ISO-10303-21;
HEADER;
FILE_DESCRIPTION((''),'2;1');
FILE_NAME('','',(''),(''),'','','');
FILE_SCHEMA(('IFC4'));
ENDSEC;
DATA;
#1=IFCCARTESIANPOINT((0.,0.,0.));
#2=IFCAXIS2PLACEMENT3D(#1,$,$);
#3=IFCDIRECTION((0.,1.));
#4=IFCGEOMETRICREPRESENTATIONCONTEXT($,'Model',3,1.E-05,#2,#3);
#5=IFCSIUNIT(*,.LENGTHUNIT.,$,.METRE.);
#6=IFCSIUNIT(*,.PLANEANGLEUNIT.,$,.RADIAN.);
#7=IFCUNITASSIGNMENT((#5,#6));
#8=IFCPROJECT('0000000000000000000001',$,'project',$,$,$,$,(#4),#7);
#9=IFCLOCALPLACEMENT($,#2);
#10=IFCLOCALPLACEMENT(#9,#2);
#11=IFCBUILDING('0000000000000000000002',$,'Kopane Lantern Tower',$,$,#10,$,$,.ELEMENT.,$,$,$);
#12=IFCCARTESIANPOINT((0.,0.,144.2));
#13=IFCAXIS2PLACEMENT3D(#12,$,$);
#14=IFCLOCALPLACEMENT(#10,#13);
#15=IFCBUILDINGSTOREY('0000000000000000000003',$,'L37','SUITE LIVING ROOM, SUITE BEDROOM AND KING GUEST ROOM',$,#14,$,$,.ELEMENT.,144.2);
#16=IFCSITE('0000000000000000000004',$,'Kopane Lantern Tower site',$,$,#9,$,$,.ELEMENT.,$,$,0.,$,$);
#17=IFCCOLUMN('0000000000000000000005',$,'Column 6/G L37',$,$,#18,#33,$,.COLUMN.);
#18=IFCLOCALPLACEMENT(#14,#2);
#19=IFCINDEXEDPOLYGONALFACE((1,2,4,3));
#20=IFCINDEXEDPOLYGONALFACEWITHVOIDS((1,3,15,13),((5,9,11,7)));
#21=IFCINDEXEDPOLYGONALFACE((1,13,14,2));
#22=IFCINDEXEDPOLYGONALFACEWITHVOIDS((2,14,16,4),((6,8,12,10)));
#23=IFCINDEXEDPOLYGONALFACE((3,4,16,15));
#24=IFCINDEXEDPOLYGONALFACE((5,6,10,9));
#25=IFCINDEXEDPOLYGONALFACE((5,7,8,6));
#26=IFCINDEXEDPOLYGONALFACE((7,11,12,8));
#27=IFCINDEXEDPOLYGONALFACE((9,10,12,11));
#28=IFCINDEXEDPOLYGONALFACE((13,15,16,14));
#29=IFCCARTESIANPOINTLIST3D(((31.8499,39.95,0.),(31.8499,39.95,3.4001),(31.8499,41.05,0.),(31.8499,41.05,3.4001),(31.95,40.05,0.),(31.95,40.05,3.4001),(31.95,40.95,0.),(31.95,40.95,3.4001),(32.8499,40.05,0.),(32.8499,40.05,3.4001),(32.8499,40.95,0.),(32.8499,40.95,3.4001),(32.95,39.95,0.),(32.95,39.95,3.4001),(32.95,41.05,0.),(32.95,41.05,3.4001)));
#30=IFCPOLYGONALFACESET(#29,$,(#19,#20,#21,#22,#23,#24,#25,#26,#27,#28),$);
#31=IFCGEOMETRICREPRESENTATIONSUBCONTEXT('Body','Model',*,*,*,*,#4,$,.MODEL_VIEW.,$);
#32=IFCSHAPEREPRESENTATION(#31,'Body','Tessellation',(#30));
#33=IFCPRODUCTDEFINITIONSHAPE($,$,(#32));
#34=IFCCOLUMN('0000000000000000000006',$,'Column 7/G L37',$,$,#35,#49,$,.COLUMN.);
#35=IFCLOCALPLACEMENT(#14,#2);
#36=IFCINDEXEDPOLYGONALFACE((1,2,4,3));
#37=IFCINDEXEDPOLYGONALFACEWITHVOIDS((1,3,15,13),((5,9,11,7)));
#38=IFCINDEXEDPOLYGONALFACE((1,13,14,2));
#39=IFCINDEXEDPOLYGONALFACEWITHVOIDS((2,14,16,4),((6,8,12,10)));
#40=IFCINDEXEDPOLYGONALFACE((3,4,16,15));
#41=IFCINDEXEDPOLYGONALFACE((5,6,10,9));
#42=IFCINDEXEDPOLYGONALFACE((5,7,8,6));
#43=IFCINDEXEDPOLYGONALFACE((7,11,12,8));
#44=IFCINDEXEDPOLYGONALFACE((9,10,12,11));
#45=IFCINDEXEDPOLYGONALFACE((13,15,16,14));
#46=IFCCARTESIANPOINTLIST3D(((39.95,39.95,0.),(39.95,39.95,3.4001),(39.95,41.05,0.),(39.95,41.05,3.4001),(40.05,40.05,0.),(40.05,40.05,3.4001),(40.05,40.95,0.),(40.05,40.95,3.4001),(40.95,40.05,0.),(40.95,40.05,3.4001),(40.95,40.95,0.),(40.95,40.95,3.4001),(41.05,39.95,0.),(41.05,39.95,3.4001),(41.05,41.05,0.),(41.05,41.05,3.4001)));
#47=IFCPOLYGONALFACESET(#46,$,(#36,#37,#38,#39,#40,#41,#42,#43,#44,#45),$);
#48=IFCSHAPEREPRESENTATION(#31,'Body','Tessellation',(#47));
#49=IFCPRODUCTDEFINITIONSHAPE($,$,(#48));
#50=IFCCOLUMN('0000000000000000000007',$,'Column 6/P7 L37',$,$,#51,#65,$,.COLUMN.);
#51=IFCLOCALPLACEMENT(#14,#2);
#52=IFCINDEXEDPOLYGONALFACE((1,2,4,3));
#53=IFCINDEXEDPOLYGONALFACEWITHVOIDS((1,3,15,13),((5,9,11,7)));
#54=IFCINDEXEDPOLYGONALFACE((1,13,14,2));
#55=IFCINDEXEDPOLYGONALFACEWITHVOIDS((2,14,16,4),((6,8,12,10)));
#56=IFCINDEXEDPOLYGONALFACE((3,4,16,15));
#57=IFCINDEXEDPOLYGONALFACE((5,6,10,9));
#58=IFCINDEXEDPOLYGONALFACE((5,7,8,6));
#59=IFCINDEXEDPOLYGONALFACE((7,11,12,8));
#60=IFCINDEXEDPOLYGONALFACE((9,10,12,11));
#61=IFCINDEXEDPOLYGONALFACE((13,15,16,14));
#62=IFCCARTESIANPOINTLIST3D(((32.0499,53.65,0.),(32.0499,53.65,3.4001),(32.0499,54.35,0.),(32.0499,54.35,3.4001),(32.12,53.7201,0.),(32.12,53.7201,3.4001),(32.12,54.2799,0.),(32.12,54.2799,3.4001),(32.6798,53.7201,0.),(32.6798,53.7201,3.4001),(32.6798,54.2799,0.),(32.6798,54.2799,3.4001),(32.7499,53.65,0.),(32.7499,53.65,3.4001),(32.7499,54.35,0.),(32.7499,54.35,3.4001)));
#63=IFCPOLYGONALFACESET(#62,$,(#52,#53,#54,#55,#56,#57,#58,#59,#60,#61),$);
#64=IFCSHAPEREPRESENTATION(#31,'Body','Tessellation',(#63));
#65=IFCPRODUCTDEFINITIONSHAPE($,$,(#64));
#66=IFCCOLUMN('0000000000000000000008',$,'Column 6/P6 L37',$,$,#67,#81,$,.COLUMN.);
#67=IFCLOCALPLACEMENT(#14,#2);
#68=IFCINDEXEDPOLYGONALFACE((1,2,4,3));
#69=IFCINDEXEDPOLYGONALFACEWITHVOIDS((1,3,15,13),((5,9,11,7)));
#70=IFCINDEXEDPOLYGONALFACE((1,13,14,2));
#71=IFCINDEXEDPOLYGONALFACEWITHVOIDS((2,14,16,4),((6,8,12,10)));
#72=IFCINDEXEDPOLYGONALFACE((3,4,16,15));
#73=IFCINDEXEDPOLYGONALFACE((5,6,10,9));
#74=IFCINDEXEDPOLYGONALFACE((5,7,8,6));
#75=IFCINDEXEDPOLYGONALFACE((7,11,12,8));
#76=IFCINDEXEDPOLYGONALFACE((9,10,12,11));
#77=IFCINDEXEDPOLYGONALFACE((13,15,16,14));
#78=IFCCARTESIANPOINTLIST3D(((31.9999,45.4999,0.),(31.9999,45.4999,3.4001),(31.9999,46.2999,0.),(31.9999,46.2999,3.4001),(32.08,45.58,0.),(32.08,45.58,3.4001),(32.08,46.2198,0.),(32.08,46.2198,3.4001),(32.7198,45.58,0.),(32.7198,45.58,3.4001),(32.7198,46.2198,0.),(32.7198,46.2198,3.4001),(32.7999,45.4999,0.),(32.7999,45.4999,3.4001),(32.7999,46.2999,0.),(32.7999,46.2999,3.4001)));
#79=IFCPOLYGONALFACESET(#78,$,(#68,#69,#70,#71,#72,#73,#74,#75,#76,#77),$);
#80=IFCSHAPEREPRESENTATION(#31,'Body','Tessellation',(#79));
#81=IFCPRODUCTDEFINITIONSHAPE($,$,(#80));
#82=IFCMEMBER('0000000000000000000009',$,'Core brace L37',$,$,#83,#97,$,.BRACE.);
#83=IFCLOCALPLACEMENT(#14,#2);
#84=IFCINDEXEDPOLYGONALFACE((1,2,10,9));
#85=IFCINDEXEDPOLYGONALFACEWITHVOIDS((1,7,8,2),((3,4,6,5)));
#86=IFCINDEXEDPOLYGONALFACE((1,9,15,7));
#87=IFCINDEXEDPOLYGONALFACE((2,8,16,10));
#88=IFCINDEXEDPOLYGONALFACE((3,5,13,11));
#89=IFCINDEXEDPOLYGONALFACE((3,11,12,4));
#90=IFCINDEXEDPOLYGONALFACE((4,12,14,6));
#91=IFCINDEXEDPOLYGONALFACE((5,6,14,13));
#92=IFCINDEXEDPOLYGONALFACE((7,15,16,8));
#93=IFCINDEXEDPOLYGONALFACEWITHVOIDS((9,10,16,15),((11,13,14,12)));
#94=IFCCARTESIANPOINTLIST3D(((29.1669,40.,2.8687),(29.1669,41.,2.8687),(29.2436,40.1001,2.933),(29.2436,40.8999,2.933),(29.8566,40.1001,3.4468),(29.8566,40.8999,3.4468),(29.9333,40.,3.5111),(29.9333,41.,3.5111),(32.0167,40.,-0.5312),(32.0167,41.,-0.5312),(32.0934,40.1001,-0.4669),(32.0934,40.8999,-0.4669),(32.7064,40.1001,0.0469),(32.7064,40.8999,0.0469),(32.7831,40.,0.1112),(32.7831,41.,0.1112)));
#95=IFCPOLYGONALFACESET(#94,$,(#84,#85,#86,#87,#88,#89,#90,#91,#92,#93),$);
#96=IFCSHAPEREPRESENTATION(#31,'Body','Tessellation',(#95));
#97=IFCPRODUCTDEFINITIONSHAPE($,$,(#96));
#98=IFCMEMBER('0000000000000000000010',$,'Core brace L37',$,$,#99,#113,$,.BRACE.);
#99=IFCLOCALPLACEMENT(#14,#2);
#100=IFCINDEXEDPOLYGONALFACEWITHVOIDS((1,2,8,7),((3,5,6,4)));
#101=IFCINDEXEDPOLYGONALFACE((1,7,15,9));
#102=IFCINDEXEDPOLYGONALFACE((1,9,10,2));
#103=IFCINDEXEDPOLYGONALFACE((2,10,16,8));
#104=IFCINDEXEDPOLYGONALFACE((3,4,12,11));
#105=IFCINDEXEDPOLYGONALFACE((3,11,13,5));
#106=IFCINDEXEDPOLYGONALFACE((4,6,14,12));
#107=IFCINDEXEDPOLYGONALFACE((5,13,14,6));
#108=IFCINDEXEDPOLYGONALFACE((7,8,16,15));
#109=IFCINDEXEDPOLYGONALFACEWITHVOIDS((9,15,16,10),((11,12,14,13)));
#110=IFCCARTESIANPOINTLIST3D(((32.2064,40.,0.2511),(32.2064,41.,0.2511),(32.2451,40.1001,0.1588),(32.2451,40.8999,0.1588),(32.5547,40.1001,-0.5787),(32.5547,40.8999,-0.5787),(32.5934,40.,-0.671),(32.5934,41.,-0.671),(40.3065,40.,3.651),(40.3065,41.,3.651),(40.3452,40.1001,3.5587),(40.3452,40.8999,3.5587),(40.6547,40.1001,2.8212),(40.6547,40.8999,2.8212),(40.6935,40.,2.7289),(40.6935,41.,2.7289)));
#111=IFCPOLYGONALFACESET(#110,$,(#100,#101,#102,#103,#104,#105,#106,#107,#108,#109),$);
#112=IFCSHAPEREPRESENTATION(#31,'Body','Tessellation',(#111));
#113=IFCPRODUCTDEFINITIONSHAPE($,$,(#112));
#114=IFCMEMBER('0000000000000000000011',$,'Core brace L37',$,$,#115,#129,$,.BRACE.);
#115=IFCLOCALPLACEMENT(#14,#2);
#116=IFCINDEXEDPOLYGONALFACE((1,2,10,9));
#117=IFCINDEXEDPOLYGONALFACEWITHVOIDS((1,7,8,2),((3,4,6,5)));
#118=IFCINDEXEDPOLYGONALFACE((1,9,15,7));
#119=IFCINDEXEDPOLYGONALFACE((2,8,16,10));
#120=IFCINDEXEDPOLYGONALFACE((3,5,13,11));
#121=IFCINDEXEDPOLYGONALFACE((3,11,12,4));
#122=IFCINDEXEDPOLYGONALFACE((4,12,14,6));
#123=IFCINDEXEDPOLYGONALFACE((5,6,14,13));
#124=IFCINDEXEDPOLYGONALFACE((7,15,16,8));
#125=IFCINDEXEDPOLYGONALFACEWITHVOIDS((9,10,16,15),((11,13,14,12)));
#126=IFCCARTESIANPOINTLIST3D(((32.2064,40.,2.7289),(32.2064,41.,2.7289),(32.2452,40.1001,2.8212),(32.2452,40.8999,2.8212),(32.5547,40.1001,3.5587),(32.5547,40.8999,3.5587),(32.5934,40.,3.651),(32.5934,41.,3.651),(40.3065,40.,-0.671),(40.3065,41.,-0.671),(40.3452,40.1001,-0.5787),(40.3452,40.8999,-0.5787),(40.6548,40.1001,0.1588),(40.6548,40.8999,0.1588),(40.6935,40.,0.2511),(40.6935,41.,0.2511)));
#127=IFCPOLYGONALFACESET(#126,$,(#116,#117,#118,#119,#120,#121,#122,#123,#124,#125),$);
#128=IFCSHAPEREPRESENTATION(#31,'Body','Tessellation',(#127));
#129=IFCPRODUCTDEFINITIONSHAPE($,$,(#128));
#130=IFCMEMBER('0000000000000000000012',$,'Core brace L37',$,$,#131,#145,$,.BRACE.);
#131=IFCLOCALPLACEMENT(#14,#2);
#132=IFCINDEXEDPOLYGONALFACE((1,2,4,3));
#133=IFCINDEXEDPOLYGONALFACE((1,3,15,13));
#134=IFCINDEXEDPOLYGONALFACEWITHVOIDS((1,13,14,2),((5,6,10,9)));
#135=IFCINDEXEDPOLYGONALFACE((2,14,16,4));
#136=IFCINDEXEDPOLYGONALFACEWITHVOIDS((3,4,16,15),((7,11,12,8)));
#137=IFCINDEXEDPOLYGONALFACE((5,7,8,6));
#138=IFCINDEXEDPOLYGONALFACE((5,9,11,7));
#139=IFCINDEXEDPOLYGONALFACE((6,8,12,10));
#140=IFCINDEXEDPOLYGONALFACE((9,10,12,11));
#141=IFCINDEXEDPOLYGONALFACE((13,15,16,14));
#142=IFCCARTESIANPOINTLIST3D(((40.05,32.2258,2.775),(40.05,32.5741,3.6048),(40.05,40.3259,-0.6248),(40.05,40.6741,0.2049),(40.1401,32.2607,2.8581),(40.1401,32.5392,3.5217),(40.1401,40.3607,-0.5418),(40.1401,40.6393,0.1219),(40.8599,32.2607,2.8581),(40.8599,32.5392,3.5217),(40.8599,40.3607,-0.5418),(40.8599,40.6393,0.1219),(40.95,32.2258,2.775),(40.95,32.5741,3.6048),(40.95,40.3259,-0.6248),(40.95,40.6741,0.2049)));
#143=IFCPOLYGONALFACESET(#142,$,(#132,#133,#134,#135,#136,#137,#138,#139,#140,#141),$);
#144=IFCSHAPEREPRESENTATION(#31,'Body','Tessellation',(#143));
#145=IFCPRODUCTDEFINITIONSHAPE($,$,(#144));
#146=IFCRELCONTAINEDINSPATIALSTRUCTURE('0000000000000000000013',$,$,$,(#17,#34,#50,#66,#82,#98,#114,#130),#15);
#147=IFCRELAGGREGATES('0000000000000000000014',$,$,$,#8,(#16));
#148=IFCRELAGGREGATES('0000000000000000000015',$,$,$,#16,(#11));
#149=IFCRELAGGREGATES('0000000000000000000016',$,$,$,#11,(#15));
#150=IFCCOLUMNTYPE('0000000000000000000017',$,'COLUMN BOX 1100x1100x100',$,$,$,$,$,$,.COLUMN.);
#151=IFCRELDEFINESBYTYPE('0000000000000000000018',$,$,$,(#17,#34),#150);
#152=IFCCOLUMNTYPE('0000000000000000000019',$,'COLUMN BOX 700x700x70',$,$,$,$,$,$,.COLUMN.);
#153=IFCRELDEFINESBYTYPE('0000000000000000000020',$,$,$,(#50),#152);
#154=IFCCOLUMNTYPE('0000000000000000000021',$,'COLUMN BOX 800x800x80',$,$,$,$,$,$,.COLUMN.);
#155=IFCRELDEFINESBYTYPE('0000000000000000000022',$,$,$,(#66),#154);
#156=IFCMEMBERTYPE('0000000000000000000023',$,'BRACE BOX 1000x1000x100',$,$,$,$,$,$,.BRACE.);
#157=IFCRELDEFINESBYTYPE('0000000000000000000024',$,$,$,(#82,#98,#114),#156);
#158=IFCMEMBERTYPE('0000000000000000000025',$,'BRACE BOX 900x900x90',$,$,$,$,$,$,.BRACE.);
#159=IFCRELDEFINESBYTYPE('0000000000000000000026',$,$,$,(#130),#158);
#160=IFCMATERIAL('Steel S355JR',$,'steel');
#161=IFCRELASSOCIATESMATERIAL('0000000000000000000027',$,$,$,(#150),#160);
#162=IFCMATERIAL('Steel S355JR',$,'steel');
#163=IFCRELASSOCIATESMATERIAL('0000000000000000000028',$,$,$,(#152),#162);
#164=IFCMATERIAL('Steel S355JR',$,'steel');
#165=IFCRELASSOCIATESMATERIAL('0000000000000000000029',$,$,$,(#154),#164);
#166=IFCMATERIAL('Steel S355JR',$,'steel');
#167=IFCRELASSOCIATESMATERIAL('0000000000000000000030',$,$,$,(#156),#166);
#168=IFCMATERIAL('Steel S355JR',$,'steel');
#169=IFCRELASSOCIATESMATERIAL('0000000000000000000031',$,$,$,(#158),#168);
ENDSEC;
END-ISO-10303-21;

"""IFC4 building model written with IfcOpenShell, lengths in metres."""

from ifc_helpers import new_model, si_unit, direction, frame, origin, origin_2d, place, context, subcontext, project, spatial, hollow_rectangle, extrude, material, material_profile, profile_set, type_object, element, save


model = new_model("IFC4")

# Units and contexts
model_context = context("Model", 3, precision=1e-05, world=origin(), true_north=direction((0.0, 1.0)))
body_context = subcontext(model_context, "Body", "Model", "MODEL_VIEW")
ifc_project = project(units=[si_unit("LENGTHUNIT", "METRE"), si_unit("PLANEANGLEUNIT", "RADIAN")], contexts=[model_context])

# Site, building, storey
site_placement = place(None, origin())
site = spatial("IfcSite", under=ifc_project, at=site_placement, Name="Kopane Lantern Tower site", CompositionType="ELEMENT", RefElevation=0.0)
building_placement = place(site_placement, origin())
building = spatial("IfcBuilding", under=site, at=building_placement, Name="Kopane Lantern Tower", CompositionType="ELEMENT")
storey_placement = place(building_placement, frame((0.0, 0.0, 144.2)))
storey = spatial("IfcBuildingStorey", under=building, at=storey_placement, Name="L37", Description="SUITE LIVING ROOM, SUITE BEDROOM AND KING GUEST ROOM", CompositionType="ELEMENT", Elevation=144.2)

# Columns
ifc_material_1 = material(Name="Steel S355JR", Category="steel")
ifc_material_profile_1 = material_profile(ifc_material_1, hollow_rectangle(XDim=1.1001, YDim=1.1001, WallThickness=0.1001, at=origin_2d()), Name="BOX 1100x1100x100")
ifc_profile_set_1 = profile_set([ifc_material_profile_1], Name="Steel S355JR")
column_type_1 = type_object("IfcColumnType", Name="COLUMN BOX 1100x1100x100", PredefinedType="COLUMN", material=ifc_profile_set_1)
for number, where, z_axis, x_axis, name in (
    (1, (32.3999, 40.5, 0.0), (0.0, 0.0, 1.0), (1.0, 0.0, 0.0), "Column 6/G L37"),
    (2, (40.5, 40.5, 0.0), (0.0, 0.0, 1.0), (1.0, 0.0, 0.0), "Column 7/G L37"),
):
    element("IfcColumn", number, at=place(storey_placement, frame(where, z_axis=z_axis, x_axis=x_axis)), inside=storey, type_object=column_type_1, Name=name, PredefinedType="COLUMN", context=body_context, shape_type="SweptSolid", body=[
        extrude(hollow_rectangle(XDim=1.1001, YDim=1.1001, WallThickness=0.1001, at=origin_2d()), origin(), (0.0, 0.0, 1.0), 3.4001),
    ])
ifc_material_2 = material(Name="Steel S355JR", Category="steel")
ifc_material_profile_2 = material_profile(ifc_material_2, hollow_rectangle(XDim=0.7, YDim=0.7, WallThickness=0.0701, at=origin_2d()), Name="BOX 700x700x70")
ifc_profile_set_2 = profile_set([ifc_material_profile_2], Name="Steel S355JR")
column_type_2 = type_object("IfcColumnType", Name="COLUMN BOX 700x700x70", PredefinedType="COLUMN", material=ifc_profile_set_2)
column_1_placement = place(storey_placement, frame((32.3999, 54.0, 0.0), z_axis=(0.0, 0.0, 1.0), x_axis=(1.0, 0.0, 0.0)))
element("IfcColumn", 3, at=column_1_placement, inside=storey, type_object=column_type_2, Name="Column 6/P7 L37", PredefinedType="COLUMN", context=body_context, shape_type="SweptSolid", body=[
    extrude(hollow_rectangle(XDim=0.7, YDim=0.7, WallThickness=0.0701, at=origin_2d()), origin(), (0.0, 0.0, 1.0), 3.4001),
])
ifc_material_3 = material(Name="Steel S355JR", Category="steel")
ifc_material_profile_3 = material_profile(ifc_material_3, hollow_rectangle(XDim=0.8, YDim=0.8, WallThickness=0.0801, at=origin_2d()), Name="BOX 800x800x80")
ifc_profile_set_3 = profile_set([ifc_material_profile_3], Name="Steel S355JR")
column_type_3 = type_object("IfcColumnType", Name="COLUMN BOX 800x800x80", PredefinedType="COLUMN", material=ifc_profile_set_3)
column_2_placement = place(storey_placement, frame((32.3999, 45.8999, 0.0), z_axis=(0.0, 0.0, 1.0), x_axis=(1.0, 0.0, 0.0)))
element("IfcColumn", 4, at=column_2_placement, inside=storey, type_object=column_type_3, Name="Column 6/P6 L37", PredefinedType="COLUMN", context=body_context, shape_type="SweptSolid", body=[
    extrude(hollow_rectangle(XDim=0.8, YDim=0.8, WallThickness=0.0801, at=origin_2d()), origin(), (0.0, 0.0, 1.0), 3.4001),
])

# Members
ifc_material_4 = material(Name="Steel S355JR", Category="steel")
ifc_material_profile_4 = material_profile(ifc_material_4, hollow_rectangle(XDim=1.0, YDim=1.0, WallThickness=0.1001, at=origin_2d()), Name="BOX 1000x1000x100")
ifc_profile_set_4 = profile_set([ifc_material_profile_4], Name="Steel S355JR")
member_type_1 = type_object("IfcMemberType", Name="BRACE BOX 1000x1000x100", PredefinedType="BRACE", material=ifc_profile_set_4)
member_1_placement = place(storey_placement, frame((32.3999, 40.5, -0.21), z_axis=(-0.64239, 0.0, 0.766378), x_axis=(0.0, -1.0, 0.0)))
element("IfcMember", 5, at=member_1_placement, inside=storey, type_object=member_type_1, Name="Core brace L37", PredefinedType="BRACE", context=body_context, shape_type="SweptSolid", body=[
    extrude(hollow_rectangle(XDim=1.0, YDim=1.0, WallThickness=0.1001, at=origin_2d()), origin(), (0.0, 0.0, 1.0), 4.4363),
])
for number, where, z_axis, x_axis, name in (
    (6, (32.3999, 40.5, -0.21), (0.922069, 0.0, 0.387026), (0.0, 1.0, 0.0), "Core brace L37"),
    (7, (40.5, 40.5, -0.21), (-0.922069, 0.0, 0.387026), (0.0, -1.0, 0.0), "Core brace L37"),
):
    element("IfcMember", number, at=place(storey_placement, frame(where, z_axis=z_axis, x_axis=x_axis)), inside=storey, type_object=member_type_1, Name=name, PredefinedType="BRACE", context=body_context, shape_type="SweptSolid", body=[
        extrude(hollow_rectangle(XDim=1.0, YDim=1.0, WallThickness=0.1001, at=origin_2d()), origin(), (0.0, 0.0, 1.0), 8.7847),
    ])
ifc_material_5 = material(Name="Steel S355JR", Category="steel")
ifc_material_profile_5 = material_profile(ifc_material_5, hollow_rectangle(XDim=0.8999, YDim=0.8999, WallThickness=0.0901, at=origin_2d()), Name="BOX 900x900x90")
ifc_profile_set_5 = profile_set([ifc_material_profile_5], Name="Steel S355JR")
member_type_2 = type_object("IfcMemberType", Name="BRACE BOX 900x900x90", PredefinedType="BRACE", material=ifc_profile_set_5)
member_2_placement = place(storey_placement, frame((40.5, 40.5, -0.21), z_axis=(0.0, -0.922069, 0.387026), x_axis=(1.0, 0.0, 0.0)))
element("IfcMember", 8, at=member_2_placement, inside=storey, type_object=member_type_2, Name="Core brace L37", PredefinedType="BRACE", context=body_context, shape_type="SweptSolid", body=[
    extrude(hollow_rectangle(XDim=0.8999, YDim=0.8999, WallThickness=0.0901, at=origin_2d()), origin(), (0.0, 0.0, 1.0), 8.7847),
])

save(model, "model.ifc")
